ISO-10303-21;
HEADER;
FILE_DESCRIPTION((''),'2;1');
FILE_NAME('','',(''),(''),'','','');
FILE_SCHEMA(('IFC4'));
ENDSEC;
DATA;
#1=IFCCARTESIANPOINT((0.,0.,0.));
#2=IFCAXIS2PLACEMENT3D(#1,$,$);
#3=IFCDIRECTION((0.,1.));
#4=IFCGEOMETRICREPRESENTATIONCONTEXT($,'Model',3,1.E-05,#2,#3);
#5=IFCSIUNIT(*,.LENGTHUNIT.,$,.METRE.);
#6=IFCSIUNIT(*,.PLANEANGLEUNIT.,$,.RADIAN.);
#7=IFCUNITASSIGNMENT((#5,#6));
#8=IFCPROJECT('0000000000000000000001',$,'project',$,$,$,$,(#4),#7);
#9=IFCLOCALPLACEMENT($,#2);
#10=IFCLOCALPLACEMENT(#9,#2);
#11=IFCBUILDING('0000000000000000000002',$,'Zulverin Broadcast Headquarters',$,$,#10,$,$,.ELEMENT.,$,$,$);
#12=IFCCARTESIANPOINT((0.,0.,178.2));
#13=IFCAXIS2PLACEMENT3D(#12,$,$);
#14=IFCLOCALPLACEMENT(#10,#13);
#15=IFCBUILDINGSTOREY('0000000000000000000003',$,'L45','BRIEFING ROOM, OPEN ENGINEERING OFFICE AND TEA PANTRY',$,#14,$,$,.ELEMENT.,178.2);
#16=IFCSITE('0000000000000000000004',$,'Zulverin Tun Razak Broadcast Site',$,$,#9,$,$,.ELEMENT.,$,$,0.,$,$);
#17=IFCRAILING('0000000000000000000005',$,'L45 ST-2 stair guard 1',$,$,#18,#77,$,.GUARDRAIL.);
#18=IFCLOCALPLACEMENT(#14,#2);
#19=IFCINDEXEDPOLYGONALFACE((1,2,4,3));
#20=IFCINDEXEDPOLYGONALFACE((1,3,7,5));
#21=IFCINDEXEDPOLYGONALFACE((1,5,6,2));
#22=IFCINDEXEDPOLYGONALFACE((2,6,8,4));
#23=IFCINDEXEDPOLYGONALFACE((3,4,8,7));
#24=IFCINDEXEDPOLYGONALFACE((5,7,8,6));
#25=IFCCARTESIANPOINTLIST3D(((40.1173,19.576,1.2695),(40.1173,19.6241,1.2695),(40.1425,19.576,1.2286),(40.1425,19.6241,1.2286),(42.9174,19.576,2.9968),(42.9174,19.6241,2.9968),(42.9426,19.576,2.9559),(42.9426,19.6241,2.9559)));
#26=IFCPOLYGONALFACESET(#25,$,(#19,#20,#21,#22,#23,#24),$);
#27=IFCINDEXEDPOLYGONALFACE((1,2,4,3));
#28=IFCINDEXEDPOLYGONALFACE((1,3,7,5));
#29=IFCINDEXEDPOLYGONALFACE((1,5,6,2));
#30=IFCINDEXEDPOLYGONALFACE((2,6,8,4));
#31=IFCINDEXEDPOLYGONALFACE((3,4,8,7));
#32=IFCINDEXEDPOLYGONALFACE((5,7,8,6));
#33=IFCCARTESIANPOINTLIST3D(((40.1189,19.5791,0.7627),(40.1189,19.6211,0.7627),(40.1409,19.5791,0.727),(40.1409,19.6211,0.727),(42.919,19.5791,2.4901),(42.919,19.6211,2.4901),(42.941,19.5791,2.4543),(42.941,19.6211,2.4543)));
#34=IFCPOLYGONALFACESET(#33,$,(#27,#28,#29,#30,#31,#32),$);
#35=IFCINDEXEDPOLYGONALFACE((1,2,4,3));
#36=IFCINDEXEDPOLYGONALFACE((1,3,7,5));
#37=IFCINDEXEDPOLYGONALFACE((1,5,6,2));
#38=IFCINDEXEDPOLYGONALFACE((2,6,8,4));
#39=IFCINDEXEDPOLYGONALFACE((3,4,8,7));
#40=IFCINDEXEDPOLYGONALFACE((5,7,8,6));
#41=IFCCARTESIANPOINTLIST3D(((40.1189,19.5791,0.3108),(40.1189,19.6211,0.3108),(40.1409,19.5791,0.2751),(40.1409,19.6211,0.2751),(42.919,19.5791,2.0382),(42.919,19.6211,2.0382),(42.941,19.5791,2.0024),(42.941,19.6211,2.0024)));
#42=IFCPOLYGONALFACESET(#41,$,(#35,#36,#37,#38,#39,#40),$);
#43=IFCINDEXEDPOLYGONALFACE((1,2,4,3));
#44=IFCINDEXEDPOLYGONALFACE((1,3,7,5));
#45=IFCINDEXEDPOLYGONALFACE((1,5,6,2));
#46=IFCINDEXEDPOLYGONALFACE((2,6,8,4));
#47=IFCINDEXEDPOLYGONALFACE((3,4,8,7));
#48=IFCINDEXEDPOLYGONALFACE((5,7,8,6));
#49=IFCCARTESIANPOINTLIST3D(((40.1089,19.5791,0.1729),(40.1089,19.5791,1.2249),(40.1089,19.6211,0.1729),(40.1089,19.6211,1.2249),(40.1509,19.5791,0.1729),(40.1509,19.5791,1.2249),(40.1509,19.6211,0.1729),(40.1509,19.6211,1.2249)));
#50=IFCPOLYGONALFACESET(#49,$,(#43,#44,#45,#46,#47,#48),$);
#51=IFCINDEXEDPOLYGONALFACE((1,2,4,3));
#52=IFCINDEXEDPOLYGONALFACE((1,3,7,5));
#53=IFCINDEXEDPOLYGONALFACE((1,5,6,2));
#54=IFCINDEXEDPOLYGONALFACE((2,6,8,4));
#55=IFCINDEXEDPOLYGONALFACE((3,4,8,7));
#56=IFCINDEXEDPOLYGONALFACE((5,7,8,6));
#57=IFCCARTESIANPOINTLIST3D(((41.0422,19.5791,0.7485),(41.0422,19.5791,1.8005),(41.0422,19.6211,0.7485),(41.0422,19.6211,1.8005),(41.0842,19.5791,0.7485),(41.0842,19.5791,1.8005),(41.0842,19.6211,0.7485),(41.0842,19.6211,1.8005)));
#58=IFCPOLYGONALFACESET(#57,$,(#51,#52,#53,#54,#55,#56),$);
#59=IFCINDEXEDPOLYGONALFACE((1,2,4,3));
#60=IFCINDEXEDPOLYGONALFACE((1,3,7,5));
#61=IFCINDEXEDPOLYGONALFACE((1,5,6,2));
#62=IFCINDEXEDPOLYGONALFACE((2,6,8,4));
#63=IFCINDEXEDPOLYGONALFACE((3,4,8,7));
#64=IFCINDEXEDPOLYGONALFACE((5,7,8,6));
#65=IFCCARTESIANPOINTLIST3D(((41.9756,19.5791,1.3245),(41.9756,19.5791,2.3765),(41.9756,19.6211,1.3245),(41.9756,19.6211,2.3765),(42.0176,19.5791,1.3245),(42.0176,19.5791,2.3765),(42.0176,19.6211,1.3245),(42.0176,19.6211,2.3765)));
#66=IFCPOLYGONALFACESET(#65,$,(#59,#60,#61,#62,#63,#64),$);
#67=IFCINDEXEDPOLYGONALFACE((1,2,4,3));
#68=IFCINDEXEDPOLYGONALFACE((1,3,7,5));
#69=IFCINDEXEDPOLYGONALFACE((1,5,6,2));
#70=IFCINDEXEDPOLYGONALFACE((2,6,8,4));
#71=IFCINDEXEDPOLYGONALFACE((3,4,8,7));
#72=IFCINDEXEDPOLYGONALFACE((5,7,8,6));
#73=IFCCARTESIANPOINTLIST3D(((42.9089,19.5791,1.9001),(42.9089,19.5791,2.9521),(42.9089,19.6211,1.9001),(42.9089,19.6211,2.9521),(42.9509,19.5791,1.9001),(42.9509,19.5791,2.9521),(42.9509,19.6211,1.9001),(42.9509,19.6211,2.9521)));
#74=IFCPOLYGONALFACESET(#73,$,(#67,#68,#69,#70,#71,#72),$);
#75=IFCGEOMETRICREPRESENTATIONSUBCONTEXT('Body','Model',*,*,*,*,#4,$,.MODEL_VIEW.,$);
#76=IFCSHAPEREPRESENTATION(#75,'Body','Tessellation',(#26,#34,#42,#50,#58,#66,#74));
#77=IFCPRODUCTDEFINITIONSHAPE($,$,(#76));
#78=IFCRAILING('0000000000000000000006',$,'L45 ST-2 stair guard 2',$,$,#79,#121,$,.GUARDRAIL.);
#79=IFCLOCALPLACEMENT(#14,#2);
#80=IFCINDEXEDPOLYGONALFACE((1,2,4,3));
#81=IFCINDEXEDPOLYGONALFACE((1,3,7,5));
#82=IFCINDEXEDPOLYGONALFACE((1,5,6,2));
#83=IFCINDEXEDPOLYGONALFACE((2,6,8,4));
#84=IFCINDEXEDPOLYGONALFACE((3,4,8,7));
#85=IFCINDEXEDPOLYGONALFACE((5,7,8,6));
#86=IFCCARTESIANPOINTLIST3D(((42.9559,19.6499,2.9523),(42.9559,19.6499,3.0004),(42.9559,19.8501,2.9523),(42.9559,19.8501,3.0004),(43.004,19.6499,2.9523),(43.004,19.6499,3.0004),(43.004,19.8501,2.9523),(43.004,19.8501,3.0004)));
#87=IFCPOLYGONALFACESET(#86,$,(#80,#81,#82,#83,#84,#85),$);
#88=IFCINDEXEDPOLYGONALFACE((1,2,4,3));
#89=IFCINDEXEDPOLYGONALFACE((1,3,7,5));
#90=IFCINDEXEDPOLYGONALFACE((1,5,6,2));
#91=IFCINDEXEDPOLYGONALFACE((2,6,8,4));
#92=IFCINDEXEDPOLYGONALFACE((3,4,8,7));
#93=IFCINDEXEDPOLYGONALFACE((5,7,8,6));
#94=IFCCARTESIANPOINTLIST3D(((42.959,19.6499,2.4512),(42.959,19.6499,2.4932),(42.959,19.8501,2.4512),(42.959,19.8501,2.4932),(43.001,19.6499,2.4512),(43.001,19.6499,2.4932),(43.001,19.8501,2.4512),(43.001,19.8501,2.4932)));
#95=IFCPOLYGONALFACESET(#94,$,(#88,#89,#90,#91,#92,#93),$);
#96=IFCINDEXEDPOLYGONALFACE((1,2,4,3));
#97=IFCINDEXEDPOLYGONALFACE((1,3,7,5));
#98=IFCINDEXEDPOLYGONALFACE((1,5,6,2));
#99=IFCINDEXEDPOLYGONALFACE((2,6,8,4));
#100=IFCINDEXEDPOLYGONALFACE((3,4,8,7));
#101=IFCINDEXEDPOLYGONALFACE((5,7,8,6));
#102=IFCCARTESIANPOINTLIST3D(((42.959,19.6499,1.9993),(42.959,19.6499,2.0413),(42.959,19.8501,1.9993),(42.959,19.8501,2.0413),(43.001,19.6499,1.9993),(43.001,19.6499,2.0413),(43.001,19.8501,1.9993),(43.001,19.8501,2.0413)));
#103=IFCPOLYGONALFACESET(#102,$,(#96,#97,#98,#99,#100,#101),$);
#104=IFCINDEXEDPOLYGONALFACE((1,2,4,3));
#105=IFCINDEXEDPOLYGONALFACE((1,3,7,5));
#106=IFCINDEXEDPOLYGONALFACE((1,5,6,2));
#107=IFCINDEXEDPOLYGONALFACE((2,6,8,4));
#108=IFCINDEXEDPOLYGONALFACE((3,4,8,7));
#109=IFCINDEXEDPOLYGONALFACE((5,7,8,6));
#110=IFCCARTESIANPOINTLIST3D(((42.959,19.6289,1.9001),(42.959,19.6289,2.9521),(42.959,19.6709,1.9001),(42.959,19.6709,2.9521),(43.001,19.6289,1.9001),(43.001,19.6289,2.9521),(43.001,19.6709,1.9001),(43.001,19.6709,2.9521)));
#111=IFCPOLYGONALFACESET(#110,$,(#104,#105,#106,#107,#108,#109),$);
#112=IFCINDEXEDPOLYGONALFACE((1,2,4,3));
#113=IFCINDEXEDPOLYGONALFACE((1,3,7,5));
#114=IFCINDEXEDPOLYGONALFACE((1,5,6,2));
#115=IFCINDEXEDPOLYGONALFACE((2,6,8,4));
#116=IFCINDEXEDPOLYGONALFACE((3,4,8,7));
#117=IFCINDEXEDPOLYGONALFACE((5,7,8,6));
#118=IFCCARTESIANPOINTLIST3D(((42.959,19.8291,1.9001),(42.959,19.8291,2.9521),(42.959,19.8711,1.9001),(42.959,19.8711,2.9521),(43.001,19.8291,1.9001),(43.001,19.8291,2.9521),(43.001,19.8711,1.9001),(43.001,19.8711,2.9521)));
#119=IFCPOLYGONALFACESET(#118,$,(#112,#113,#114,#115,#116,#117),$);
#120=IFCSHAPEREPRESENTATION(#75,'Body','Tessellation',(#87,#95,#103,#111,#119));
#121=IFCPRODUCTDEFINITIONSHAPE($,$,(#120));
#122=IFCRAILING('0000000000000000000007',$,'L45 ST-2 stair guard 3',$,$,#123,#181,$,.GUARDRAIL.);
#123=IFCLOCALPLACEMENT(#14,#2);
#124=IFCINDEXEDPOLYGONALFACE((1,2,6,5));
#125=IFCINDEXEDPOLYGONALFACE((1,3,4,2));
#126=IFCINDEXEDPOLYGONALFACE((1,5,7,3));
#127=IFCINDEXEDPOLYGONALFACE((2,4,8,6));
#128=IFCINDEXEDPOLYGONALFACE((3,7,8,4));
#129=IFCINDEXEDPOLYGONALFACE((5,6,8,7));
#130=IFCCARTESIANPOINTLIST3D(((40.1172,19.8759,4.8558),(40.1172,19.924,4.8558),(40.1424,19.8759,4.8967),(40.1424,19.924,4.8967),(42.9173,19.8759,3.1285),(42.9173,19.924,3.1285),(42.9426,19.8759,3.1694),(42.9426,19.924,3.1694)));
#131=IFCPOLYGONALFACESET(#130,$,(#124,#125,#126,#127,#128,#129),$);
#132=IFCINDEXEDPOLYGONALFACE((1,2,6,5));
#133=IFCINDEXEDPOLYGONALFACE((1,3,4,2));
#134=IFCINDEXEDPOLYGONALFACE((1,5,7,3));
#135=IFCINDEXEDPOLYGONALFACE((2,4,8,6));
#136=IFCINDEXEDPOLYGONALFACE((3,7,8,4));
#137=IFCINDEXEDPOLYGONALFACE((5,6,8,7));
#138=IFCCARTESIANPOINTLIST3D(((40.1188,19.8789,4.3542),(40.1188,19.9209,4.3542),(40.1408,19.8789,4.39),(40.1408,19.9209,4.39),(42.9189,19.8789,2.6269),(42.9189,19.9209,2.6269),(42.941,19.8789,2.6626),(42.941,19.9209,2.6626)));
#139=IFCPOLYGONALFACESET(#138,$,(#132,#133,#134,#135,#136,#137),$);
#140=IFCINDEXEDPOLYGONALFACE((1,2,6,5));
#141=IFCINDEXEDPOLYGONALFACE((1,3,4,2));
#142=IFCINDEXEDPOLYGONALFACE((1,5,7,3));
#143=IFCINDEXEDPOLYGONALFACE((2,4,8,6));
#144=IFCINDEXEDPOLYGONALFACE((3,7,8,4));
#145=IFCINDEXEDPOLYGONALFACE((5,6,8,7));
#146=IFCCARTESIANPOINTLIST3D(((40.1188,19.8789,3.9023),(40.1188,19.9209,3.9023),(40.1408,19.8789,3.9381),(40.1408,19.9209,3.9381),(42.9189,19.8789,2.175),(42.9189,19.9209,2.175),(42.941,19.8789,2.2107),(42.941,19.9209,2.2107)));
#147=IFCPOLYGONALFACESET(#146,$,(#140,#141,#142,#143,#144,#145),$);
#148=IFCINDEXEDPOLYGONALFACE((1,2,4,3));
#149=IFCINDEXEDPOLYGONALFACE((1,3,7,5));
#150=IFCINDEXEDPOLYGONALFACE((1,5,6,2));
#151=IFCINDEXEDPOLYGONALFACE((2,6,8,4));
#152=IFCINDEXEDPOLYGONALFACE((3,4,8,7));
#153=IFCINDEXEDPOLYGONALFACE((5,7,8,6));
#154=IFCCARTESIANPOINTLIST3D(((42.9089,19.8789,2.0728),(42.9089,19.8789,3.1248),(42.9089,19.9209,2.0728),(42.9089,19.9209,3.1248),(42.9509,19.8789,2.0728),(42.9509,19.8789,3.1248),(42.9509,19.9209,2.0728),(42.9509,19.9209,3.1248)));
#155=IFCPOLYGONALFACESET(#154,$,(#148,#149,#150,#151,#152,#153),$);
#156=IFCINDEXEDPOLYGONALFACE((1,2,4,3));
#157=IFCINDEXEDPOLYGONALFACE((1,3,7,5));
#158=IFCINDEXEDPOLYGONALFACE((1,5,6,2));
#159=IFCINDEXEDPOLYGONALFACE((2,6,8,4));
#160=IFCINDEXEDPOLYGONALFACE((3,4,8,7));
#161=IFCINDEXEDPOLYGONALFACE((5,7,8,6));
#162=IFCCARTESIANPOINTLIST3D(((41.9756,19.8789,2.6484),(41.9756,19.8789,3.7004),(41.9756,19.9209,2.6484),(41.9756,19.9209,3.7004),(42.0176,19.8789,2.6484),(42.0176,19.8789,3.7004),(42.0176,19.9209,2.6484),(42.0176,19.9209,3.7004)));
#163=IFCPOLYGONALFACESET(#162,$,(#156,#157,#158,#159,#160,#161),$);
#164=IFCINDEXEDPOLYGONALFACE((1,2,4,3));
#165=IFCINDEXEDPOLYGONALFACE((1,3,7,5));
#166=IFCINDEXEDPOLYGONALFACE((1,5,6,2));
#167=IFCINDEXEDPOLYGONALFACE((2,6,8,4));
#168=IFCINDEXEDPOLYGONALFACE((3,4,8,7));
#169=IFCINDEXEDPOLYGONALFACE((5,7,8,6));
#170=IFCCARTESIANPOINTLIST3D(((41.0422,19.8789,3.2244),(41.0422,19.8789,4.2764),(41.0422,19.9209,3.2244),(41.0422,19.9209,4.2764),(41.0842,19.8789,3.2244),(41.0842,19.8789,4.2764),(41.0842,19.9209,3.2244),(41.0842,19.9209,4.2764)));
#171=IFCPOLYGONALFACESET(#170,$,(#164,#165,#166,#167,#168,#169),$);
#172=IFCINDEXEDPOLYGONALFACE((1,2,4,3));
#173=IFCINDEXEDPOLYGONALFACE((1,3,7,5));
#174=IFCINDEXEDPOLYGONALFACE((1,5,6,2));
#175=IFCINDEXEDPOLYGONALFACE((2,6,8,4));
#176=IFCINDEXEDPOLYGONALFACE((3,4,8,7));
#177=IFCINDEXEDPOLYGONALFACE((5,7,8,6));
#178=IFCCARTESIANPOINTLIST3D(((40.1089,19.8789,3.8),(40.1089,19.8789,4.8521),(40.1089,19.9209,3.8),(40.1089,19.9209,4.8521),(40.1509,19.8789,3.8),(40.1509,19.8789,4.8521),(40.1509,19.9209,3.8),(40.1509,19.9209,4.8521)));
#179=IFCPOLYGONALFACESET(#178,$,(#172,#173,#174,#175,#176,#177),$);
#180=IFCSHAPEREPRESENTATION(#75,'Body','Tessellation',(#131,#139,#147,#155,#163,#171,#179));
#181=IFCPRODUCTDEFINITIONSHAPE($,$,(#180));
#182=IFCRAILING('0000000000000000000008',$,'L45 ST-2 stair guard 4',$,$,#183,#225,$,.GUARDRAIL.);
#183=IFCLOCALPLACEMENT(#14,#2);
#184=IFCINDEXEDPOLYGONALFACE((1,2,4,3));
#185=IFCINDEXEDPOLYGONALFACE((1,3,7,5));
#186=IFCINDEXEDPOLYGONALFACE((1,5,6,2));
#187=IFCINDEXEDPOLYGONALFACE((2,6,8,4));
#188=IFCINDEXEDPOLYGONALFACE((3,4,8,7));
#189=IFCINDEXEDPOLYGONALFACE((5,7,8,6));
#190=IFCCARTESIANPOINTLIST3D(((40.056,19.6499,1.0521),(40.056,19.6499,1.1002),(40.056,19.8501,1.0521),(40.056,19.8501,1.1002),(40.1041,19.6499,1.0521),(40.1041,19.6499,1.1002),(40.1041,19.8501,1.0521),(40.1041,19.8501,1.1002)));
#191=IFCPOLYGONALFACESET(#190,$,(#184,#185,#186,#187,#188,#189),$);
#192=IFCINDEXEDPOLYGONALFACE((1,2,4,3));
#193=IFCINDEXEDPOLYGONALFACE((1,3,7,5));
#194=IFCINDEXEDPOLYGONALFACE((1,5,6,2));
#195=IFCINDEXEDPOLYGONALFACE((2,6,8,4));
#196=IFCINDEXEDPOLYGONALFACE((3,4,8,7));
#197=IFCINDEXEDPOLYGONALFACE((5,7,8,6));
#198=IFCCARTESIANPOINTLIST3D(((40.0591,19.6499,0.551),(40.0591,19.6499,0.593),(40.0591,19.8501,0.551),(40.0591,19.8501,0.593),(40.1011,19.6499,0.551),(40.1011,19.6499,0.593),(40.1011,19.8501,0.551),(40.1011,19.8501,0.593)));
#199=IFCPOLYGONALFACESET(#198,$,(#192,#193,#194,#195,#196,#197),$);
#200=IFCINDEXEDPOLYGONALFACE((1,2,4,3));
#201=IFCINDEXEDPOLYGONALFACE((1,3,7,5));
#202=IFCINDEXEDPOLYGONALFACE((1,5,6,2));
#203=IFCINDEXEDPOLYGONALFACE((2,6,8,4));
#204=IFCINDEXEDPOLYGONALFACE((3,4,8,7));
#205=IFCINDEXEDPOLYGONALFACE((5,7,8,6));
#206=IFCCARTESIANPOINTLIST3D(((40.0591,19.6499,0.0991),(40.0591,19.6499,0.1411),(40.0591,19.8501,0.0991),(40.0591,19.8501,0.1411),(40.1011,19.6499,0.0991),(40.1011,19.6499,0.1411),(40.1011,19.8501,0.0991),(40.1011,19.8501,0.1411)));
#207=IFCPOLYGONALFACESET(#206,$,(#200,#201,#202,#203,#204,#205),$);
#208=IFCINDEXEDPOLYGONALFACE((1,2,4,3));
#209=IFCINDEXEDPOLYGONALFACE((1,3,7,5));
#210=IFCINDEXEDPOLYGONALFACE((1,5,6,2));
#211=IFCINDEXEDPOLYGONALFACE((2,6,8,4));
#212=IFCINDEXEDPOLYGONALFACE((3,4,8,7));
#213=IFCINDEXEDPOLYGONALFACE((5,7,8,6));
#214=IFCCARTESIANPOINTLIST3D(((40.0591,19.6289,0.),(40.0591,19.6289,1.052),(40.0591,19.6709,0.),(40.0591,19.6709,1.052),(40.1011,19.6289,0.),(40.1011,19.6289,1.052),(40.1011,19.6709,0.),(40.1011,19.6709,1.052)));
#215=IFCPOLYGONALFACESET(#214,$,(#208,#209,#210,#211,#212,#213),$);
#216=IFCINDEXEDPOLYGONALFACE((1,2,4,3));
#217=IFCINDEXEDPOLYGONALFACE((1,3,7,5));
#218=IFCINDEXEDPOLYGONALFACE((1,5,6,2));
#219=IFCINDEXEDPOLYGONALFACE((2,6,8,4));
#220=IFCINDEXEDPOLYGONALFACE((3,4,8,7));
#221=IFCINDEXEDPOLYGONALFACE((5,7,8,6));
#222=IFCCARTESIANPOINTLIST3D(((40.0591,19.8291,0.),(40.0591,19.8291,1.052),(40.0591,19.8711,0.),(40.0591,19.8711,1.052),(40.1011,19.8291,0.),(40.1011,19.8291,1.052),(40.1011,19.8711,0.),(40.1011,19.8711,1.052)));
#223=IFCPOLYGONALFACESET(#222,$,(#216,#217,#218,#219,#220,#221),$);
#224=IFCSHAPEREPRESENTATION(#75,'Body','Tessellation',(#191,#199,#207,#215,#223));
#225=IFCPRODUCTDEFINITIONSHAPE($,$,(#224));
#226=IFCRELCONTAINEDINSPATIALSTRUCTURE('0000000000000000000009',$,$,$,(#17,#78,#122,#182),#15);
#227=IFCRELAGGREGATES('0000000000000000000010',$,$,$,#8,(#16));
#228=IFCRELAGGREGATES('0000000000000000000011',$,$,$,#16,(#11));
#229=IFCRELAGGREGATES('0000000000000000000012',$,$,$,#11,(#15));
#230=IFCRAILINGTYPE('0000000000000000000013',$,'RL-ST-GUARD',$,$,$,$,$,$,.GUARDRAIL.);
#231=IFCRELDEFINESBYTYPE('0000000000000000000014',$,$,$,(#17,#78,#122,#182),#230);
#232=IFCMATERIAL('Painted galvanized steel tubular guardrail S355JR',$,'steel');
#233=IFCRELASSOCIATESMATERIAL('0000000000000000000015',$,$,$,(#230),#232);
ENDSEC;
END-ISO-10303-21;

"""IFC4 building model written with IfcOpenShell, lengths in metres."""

from ifc_helpers import new_model, si_unit, direction, frame, origin, origin_2d, place, context, subcontext, project, spatial, rectangle, extrude, material, type_object, element, save


model = new_model("IFC4")

# Units and contexts
model_context = context("Model", 3, precision=1e-05, world=origin(), true_north=direction((0.0, 1.0)))
body_context = subcontext(model_context, "Body", "Model", "MODEL_VIEW")
ifc_project = project(units=[si_unit("LENGTHUNIT", "METRE"), si_unit("PLANEANGLEUNIT", "RADIAN")], contexts=[model_context])

# Site, building, storey
site_placement = place(None, origin())
site = spatial("IfcSite", under=ifc_project, at=site_placement, Name="Zulverin Tun Razak Broadcast Site", CompositionType="ELEMENT", RefElevation=0.0)
building_placement = place(site_placement, origin())
building = spatial("IfcBuilding", under=site, at=building_placement, Name="Zulverin Broadcast Headquarters", CompositionType="ELEMENT")
storey_placement = place(building_placement, frame((0.0, 0.0, 178.2)))
storey = spatial("IfcBuildingStorey", under=building, at=storey_placement, Name="L45", Description="BRIEFING ROOM, OPEN ENGINEERING OFFICE AND TEA PANTRY", CompositionType="ELEMENT", Elevation=178.2)

# Railings
ifc_material_1 = material(Name="Painted galvanized steel tubular guardrail S355JR", Category="steel")
railing_type_1 = type_object("IfcRailingType", Name="RL-ST-GUARD", PredefinedType="GUARDRAIL", material=ifc_material_1)
railing_1_placement = place(storey_placement, frame((40.1299, 19.6001, 0.1729)))
element("IfcRailing", 1, at=railing_1_placement, inside=storey, type_object=railing_type_1, Name="L45 ST-2 stair guard 1", PredefinedType="GUARDRAIL", context=body_context, shape_type="SweptSolid", body=[
    extrude(rectangle(XDim=0.0481, YDim=0.0481, at=origin_2d()), frame((0.0, 0.0, 1.0762), z_axis=(0.85109, 0.0, 0.52502), x_axis=(0.0, 1.0, 0.0)), (0.0, 0.0, 1.0), 3.29),
    extrude(rectangle(XDim=0.042, YDim=0.042, at=origin_2d()), frame((0.0, 0.0, 0.572), z_axis=(0.85109, 0.0, 0.52502), x_axis=(0.0, 1.0, 0.0)), (0.0, 0.0, 1.0), 3.29),
    extrude(rectangle(XDim=0.042, YDim=0.042, at=origin_2d()), frame((0.0, 0.0, 0.1201), z_axis=(0.85109, 0.0, 0.52502), x_axis=(0.0, 1.0, 0.0)), (0.0, 0.0, 1.0), 3.29),
    extrude(rectangle(XDim=0.042, YDim=0.042, at=origin_2d()), origin(), (0.0, 0.0, 1.0), 1.052),
    extrude(rectangle(XDim=0.042, YDim=0.042, at=origin_2d()), frame((0.9333, 0.0, 0.5757)), (0.0, 0.0, 1.0), 1.052),
    extrude(rectangle(XDim=0.042, YDim=0.042, at=origin_2d()), frame((1.8667, 0.0, 1.1516)), (0.0, 0.0, 1.0), 1.052),
    extrude(rectangle(XDim=0.042, YDim=0.042, at=origin_2d()), frame((2.8, 0.0, 1.7273)), (0.0, 0.0, 1.0), 1.052),
])
railing_2_placement = place(storey_placement, frame((42.98, 19.6499, 1.9001)))
element("IfcRailing", 2, at=railing_2_placement, inside=storey, type_object=railing_type_1, Name="L45 ST-2 stair guard 2", PredefinedType="GUARDRAIL", context=body_context, shape_type="SweptSolid", body=[
    extrude(rectangle(XDim=0.0481, YDim=0.0481, at=origin_2d()), frame((0.0, 0.0, 1.0762), z_axis=(0.0, 1.0, 0.0), x_axis=(-1.0, 0.0, 0.0)), (0.0, 0.0, 1.0), 0.2002),
    extrude(rectangle(XDim=0.042, YDim=0.042, at=origin_2d()), frame((0.0, 0.0, 0.572), z_axis=(0.0, 1.0, 0.0), x_axis=(-1.0, 0.0, 0.0)), (0.0, 0.0, 1.0), 0.2002),
    extrude(rectangle(XDim=0.042, YDim=0.042, at=origin_2d()), frame((0.0, 0.0, 0.1201), z_axis=(0.0, 1.0, 0.0), x_axis=(-1.0, 0.0, 0.0)), (0.0, 0.0, 1.0), 0.2002),
    extrude(rectangle(XDim=0.042, YDim=0.042, at=origin_2d()), origin(), (0.0, 0.0, 1.0), 1.052),
    extrude(rectangle(XDim=0.042, YDim=0.042, at=origin_2d()), frame((0.0, 0.2002, 0.0)), (0.0, 0.0, 1.0), 1.052),
])
railing_3_placement = place(storey_placement, frame((42.9299, 19.8999, 2.0728)))
element("IfcRailing", 3, at=railing_3_placement, inside=storey, type_object=railing_type_1, Name="L45 ST-2 stair guard 3", PredefinedType="GUARDRAIL", context=body_context, shape_type="SweptSolid", body=[
    extrude(rectangle(XDim=0.0481, YDim=0.0481, at=origin_2d()), frame((0.0, 0.0, 1.0762), z_axis=(-0.85109, 0.0, 0.52502), x_axis=(0.0, -1.0, 0.0)), (0.0, 0.0, 1.0), 3.29),
    extrude(rectangle(XDim=0.042, YDim=0.042, at=origin_2d()), frame((0.0, 0.0, 0.572), z_axis=(-0.85109, 0.0, 0.52502), x_axis=(0.0, -1.0, 0.0)), (0.0, 0.0, 1.0), 3.29),
    extrude(rectangle(XDim=0.042, YDim=0.042, at=origin_2d()), frame((0.0, 0.0, 0.1201), z_axis=(-0.85109, 0.0, 0.52502), x_axis=(0.0, -1.0, 0.0)), (0.0, 0.0, 1.0), 3.29),
    extrude(rectangle(XDim=0.042, YDim=0.042, at=origin_2d()), origin(), (0.0, 0.0, 1.0), 1.052),
    extrude(rectangle(XDim=0.042, YDim=0.042, at=origin_2d()), frame((-0.9333, 0.0, 0.5757)), (0.0, 0.0, 1.0), 1.052),
    extrude(rectangle(XDim=0.042, YDim=0.042, at=origin_2d()), frame((-1.8667, 0.0, 1.1516)), (0.0, 0.0, 1.0), 1.052),
    extrude(rectangle(XDim=0.042, YDim=0.042, at=origin_2d()), frame((-2.8, 0.0, 1.7273)), (0.0, 0.0, 1.0), 1.052),
])
railing_4_placement = place(storey_placement, frame((40.0801, 19.6499, 0.0)))
element("IfcRailing", 4, at=railing_4_placement, inside=storey, type_object=railing_type_1, Name="L45 ST-2 stair guard 4", PredefinedType="GUARDRAIL", context=body_context, shape_type="SweptSolid", body=[
    extrude(rectangle(XDim=0.0481, YDim=0.0481, at=origin_2d()), frame((0.0, 0.0, 1.0762), z_axis=(0.0, 1.0, 0.0), x_axis=(-1.0, 0.0, 0.0)), (0.0, 0.0, 1.0), 0.2002),
    extrude(rectangle(XDim=0.042, YDim=0.042, at=origin_2d()), frame((0.0, 0.0, 0.572), z_axis=(0.0, 1.0, 0.0), x_axis=(-1.0, 0.0, 0.0)), (0.0, 0.0, 1.0), 0.2002),
    extrude(rectangle(XDim=0.042, YDim=0.042, at=origin_2d()), frame((0.0, 0.0, 0.1201), z_axis=(0.0, 1.0, 0.0), x_axis=(-1.0, 0.0, 0.0)), (0.0, 0.0, 1.0), 0.2002),
    extrude(rectangle(XDim=0.042, YDim=0.042, at=origin_2d()), origin(), (0.0, 0.0, 1.0), 1.052),
    extrude(rectangle(XDim=0.042, YDim=0.042, at=origin_2d()), frame((0.0, 0.2002, 0.0)), (0.0, 0.0, 1.0), 1.052),
])

save(model, "model.ifc")
